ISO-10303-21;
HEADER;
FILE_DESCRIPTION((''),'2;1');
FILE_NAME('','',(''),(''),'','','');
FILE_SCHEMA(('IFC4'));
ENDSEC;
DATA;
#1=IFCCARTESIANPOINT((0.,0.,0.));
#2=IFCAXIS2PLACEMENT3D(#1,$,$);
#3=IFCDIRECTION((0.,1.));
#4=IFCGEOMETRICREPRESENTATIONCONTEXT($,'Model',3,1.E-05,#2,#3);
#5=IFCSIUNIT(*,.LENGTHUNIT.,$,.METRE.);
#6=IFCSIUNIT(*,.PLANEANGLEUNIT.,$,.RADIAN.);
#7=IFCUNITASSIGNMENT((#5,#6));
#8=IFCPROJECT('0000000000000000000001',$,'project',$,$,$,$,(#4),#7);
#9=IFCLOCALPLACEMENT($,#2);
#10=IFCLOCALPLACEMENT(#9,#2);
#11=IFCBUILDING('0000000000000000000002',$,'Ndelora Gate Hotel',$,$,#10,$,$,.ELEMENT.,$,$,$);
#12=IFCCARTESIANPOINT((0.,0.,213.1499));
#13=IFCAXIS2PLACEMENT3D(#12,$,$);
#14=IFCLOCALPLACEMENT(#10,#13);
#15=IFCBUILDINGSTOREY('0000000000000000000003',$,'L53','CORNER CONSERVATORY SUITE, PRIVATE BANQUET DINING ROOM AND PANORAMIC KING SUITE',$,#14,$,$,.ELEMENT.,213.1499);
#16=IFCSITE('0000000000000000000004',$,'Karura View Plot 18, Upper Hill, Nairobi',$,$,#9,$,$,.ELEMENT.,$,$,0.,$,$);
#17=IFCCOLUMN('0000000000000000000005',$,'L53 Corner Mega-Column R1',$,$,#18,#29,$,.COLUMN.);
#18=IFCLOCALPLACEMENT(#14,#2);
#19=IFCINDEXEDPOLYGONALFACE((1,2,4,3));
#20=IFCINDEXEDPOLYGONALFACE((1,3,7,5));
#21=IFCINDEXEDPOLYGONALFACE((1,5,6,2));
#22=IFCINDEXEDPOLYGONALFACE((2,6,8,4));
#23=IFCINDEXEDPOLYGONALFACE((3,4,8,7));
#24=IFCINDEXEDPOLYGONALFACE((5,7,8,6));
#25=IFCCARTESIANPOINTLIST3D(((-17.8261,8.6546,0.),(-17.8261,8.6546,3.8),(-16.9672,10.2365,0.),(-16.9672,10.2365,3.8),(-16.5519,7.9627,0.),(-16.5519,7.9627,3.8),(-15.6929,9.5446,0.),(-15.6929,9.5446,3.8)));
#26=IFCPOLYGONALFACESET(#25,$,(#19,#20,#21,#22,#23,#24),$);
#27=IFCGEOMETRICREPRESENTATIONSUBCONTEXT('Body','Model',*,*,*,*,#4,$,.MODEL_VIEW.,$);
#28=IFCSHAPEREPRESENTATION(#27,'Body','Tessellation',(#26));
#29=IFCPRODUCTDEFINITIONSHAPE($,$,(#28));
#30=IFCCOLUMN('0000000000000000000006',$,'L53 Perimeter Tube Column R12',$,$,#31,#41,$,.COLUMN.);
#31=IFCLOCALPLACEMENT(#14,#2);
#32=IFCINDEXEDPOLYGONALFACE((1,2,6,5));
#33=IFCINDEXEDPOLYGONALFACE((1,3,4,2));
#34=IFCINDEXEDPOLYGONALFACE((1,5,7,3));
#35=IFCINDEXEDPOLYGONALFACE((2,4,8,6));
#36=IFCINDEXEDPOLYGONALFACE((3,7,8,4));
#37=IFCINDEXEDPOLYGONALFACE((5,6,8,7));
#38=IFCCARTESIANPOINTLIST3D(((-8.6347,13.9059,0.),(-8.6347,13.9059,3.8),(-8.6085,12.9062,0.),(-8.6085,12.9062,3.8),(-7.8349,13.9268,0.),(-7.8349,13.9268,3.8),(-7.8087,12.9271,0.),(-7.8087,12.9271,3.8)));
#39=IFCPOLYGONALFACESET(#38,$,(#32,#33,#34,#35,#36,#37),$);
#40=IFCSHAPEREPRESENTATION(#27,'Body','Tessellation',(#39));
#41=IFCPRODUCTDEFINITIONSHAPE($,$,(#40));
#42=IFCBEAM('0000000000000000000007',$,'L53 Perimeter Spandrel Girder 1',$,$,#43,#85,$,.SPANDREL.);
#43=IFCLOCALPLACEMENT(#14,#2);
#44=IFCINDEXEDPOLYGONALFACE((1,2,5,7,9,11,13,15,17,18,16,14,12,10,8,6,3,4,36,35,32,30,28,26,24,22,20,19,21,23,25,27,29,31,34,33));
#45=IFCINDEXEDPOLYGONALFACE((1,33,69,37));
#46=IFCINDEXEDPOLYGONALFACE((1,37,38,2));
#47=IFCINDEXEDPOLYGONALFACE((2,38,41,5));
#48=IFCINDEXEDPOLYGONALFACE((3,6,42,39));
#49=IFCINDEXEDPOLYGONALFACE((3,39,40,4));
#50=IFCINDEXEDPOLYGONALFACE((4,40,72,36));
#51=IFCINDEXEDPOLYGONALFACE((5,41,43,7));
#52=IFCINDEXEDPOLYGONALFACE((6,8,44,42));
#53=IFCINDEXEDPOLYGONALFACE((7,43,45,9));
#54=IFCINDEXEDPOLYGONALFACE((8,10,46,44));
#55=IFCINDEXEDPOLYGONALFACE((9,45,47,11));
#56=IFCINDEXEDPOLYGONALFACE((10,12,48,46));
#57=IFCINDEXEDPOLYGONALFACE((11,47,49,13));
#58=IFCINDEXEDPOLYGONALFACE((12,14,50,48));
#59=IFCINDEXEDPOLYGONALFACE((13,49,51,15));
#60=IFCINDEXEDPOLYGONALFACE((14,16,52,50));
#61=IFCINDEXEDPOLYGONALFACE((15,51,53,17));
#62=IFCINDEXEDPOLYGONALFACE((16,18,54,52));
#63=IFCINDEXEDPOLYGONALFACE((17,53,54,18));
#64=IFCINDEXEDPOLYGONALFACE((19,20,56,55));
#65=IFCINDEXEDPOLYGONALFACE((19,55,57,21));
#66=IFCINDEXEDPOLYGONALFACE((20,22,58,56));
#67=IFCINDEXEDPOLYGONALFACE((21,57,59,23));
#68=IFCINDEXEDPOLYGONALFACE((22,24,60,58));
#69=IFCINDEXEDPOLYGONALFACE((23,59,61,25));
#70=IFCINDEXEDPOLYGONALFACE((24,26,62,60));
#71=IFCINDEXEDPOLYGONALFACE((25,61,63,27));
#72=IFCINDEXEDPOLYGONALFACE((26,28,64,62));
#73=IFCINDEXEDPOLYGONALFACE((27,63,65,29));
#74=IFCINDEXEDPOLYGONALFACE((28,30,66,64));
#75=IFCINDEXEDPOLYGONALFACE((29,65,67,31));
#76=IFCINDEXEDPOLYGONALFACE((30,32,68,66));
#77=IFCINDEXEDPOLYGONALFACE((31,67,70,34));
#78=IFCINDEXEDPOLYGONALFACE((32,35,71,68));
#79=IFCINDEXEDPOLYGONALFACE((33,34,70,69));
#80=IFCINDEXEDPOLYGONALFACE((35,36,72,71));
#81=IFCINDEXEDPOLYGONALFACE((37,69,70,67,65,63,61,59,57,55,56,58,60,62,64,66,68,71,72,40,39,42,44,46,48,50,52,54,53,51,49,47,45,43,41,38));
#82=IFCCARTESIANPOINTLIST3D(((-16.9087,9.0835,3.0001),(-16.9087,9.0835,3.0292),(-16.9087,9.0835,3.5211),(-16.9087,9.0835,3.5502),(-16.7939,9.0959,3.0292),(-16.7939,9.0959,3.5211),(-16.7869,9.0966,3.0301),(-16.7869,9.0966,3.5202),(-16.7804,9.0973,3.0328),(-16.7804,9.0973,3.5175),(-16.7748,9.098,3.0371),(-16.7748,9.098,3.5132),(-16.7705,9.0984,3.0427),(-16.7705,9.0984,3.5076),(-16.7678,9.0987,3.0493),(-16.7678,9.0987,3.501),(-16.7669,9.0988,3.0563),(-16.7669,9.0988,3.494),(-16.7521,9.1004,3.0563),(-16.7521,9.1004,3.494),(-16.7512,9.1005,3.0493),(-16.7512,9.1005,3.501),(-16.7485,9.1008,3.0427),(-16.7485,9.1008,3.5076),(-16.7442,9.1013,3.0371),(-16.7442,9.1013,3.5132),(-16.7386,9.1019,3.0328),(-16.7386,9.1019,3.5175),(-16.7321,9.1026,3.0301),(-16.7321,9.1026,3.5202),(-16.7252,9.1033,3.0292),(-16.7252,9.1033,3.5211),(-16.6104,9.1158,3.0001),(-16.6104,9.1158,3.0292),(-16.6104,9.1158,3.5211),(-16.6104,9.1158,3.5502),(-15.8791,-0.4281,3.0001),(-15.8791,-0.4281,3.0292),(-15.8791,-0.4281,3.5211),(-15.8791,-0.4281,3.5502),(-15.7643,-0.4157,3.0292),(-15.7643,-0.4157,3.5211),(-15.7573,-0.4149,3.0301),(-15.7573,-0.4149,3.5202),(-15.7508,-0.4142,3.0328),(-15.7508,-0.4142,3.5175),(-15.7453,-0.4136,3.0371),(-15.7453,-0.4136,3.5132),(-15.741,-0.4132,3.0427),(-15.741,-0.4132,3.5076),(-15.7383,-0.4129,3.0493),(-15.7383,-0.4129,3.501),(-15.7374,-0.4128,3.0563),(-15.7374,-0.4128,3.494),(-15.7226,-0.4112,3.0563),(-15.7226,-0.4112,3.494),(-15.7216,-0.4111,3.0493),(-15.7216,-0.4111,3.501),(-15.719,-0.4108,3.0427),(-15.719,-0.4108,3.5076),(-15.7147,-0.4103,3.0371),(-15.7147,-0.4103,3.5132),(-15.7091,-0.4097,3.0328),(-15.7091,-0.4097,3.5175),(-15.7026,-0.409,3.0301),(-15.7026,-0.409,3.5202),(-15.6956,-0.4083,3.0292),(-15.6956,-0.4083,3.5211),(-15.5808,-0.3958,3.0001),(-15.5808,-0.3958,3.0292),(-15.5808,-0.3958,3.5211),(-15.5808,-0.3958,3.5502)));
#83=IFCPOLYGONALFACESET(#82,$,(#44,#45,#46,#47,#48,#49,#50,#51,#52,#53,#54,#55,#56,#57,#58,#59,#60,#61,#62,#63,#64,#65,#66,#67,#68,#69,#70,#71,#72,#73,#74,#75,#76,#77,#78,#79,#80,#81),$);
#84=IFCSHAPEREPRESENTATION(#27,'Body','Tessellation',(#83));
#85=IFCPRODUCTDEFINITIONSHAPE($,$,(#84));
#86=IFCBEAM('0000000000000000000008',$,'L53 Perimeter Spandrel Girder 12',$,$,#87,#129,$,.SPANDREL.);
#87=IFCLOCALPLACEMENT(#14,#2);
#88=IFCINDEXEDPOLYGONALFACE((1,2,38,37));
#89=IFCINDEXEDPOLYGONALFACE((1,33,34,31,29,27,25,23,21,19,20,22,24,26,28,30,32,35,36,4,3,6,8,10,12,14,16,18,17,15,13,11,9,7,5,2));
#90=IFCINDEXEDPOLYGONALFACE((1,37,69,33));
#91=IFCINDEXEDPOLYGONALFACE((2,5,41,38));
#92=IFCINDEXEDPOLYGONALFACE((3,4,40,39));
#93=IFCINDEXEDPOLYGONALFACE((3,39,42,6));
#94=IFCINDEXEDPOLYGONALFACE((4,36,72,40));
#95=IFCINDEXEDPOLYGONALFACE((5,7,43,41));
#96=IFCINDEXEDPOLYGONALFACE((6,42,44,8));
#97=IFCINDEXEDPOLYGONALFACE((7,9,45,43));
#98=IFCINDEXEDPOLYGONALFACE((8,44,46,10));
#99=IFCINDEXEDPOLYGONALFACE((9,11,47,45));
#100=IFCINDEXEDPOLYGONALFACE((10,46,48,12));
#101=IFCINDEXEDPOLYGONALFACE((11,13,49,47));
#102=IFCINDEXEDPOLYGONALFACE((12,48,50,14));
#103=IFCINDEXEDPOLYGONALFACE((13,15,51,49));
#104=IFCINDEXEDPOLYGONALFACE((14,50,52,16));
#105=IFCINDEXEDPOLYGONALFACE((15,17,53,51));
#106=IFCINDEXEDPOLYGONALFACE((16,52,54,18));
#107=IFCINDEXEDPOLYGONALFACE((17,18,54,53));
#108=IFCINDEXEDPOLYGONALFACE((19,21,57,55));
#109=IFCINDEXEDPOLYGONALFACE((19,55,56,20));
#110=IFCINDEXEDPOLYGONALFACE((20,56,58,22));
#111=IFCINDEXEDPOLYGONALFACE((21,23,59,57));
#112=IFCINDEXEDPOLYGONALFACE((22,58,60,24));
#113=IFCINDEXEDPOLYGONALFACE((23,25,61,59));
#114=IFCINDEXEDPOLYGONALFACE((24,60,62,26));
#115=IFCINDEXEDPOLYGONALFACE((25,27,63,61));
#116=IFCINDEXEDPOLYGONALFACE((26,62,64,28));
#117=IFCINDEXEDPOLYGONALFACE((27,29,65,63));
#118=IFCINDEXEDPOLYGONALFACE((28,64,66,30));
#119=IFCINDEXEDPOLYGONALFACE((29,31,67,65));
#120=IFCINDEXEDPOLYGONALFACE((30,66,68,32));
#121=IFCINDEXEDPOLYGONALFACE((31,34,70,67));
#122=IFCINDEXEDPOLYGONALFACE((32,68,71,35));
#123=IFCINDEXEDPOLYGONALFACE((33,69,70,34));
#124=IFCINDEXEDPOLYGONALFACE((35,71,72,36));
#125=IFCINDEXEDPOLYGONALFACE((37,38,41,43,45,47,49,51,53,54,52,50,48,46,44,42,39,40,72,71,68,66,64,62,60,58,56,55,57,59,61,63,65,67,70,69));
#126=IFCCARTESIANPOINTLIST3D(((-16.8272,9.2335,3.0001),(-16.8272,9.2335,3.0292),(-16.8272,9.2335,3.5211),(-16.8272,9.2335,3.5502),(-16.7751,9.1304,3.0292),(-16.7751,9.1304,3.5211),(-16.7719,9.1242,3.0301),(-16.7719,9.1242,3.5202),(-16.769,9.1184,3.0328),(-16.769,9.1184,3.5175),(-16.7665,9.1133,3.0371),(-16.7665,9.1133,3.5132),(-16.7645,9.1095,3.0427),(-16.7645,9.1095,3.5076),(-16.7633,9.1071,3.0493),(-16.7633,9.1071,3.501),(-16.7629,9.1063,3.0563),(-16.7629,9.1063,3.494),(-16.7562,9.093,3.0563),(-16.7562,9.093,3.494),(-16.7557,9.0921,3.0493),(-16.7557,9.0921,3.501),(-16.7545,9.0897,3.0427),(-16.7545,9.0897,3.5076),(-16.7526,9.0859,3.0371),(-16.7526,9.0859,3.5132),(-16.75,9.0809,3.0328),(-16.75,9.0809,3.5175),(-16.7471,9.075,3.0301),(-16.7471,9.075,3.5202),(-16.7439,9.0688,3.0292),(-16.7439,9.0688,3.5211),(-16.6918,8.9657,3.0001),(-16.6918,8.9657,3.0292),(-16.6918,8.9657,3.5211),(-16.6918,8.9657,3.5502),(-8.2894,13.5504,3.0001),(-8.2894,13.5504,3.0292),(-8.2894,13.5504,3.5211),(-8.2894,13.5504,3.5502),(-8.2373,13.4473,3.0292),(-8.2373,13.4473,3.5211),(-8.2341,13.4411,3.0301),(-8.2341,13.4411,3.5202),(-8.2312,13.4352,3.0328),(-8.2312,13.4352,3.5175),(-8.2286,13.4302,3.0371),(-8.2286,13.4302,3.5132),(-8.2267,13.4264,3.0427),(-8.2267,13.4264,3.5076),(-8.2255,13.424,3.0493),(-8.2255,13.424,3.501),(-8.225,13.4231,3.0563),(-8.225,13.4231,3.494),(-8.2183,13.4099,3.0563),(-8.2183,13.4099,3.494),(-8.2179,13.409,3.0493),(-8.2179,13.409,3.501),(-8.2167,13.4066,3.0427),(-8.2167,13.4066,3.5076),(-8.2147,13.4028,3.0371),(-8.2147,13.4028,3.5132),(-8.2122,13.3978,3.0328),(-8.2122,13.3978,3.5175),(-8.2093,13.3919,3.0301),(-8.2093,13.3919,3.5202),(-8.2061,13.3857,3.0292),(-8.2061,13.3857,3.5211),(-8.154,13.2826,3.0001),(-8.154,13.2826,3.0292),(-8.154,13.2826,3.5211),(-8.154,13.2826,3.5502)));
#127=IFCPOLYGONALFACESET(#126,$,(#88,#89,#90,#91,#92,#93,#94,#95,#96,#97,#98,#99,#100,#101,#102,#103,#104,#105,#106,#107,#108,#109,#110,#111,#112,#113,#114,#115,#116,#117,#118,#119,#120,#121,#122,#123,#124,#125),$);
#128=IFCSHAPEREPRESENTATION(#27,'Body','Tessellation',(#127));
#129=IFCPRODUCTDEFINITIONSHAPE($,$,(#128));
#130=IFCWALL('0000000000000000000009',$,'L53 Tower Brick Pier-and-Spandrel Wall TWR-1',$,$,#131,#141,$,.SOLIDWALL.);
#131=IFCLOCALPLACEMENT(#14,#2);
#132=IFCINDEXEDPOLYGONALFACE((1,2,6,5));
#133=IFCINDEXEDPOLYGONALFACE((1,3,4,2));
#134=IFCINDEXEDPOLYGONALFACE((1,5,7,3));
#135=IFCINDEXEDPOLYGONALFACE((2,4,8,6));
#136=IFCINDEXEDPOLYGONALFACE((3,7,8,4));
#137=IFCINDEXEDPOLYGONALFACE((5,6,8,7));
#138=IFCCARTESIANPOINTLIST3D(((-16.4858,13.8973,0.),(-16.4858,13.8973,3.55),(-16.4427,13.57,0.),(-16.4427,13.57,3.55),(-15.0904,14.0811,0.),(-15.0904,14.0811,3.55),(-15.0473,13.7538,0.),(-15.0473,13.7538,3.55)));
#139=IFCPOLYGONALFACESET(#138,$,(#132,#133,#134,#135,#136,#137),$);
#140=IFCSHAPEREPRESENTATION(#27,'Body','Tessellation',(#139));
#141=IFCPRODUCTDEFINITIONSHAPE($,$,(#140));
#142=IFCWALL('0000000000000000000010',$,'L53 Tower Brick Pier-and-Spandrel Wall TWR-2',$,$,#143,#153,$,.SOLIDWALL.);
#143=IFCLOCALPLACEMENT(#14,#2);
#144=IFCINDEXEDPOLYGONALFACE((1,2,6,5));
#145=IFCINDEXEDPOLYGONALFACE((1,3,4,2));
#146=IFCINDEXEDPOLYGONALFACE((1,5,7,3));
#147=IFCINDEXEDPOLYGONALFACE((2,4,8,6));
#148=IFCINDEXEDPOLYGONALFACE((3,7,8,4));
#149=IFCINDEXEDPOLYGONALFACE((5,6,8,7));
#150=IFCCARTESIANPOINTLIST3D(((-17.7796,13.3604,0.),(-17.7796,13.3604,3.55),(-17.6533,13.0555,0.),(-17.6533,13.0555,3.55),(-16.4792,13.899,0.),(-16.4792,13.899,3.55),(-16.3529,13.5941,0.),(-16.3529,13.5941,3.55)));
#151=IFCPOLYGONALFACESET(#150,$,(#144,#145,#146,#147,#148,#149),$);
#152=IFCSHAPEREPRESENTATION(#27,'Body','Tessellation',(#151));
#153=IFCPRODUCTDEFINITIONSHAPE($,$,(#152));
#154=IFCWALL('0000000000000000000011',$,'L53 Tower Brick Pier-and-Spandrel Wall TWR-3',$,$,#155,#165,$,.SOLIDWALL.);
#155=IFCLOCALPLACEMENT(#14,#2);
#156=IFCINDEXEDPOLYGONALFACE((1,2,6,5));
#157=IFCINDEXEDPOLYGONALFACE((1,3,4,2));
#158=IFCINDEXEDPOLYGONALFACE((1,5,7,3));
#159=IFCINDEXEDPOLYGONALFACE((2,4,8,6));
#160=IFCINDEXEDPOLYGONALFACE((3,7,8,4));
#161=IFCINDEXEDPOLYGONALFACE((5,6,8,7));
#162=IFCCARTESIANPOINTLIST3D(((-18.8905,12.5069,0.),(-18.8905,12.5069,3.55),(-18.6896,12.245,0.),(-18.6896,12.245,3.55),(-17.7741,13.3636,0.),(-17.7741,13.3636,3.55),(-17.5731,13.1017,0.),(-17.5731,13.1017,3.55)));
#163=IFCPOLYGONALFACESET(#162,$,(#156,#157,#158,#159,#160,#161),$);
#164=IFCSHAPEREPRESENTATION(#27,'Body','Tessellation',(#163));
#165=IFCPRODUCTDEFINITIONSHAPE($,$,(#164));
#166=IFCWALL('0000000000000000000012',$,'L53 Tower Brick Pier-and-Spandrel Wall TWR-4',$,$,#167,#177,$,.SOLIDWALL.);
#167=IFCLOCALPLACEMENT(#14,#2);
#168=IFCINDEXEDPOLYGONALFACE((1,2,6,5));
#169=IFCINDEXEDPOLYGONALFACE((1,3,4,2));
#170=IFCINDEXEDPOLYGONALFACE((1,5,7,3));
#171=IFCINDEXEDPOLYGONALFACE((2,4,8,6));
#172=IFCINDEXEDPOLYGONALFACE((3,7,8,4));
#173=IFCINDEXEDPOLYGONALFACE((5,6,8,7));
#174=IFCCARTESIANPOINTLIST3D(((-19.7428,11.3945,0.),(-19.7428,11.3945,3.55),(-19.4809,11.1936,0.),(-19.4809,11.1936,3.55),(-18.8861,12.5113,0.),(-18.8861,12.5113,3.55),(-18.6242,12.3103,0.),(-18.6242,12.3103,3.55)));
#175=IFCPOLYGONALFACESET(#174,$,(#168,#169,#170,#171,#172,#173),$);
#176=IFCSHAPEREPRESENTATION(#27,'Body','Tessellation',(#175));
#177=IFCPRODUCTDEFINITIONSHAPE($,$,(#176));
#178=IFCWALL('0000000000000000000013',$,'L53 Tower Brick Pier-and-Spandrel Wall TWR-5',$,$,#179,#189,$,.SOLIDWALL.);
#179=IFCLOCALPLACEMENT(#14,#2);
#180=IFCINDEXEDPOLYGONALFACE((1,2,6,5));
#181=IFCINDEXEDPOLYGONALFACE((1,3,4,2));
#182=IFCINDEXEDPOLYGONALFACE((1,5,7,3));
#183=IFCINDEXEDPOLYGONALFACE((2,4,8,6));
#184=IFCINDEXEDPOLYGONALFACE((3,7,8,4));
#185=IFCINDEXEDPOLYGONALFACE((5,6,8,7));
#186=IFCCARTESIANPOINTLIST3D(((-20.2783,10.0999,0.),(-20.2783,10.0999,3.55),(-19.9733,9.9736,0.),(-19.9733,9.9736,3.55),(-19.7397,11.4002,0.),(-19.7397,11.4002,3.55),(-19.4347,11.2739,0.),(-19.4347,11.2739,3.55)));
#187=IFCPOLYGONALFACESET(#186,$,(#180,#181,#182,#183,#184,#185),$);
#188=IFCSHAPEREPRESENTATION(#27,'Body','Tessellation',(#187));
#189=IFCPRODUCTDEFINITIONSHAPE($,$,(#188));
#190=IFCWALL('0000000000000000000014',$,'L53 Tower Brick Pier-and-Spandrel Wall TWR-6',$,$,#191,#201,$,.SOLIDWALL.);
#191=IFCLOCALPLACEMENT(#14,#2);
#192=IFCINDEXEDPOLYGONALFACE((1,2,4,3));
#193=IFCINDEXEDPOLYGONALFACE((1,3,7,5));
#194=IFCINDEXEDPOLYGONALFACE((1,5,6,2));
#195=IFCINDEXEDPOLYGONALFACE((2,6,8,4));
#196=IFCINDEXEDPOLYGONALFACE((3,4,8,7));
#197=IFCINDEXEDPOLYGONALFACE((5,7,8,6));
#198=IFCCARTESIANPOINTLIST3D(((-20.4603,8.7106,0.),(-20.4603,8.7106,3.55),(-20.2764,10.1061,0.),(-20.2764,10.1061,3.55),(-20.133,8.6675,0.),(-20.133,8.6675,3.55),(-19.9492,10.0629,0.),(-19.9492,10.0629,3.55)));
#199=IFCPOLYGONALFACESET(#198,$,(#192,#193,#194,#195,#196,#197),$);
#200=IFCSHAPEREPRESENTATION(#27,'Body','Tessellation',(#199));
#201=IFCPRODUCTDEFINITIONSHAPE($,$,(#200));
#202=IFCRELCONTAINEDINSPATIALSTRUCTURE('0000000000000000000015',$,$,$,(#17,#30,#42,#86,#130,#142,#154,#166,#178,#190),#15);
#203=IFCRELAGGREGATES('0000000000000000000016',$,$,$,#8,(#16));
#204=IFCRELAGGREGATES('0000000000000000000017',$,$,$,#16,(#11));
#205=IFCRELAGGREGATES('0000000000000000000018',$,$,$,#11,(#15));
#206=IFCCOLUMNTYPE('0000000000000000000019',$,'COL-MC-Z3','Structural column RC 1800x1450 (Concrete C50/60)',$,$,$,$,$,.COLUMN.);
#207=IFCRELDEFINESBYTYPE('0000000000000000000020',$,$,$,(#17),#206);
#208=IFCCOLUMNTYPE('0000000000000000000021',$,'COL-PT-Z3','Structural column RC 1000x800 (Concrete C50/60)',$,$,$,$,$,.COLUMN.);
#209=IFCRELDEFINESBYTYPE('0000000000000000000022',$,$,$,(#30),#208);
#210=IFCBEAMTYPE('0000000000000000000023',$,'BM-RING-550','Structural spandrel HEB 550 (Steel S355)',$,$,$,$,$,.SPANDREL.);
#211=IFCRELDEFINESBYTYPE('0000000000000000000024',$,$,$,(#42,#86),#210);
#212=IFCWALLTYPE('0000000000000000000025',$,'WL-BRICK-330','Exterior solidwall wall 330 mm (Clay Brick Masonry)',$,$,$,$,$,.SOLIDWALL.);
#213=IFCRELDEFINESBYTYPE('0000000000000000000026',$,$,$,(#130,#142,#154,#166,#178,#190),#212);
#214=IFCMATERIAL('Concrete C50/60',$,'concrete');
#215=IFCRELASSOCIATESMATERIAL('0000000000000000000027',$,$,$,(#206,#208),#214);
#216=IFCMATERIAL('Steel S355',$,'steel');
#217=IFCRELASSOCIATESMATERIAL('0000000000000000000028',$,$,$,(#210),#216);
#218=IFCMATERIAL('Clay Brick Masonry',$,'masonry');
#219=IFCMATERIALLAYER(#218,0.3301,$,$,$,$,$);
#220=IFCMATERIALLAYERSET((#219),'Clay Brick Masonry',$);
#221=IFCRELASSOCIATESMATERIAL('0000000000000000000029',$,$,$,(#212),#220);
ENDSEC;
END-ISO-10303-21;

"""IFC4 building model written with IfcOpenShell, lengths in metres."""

from ifc_helpers import new_model, si_unit, direction, frame, frame_2d, origin, origin_2d, place, context, subcontext, project, spatial, rectangle, i_section, extrude, material, layer, layer_set, material_profile, profile_set, type_object, element, save


model = new_model("IFC4")

# Units and contexts
model_context = context("Model", 3, precision=1e-05, world=origin(), true_north=direction((0.0, 1.0)))
body_context = subcontext(model_context, "Body", "Model", "MODEL_VIEW")
ifc_project = project(units=[si_unit("LENGTHUNIT", "METRE"), si_unit("PLANEANGLEUNIT", "RADIAN")], contexts=[model_context])

# Site, building, storey
site_placement = place(None, origin())
site = spatial("IfcSite", under=ifc_project, at=site_placement, Name="Karura View Plot 18, Upper Hill, Nairobi", CompositionType="ELEMENT", RefElevation=0.0)
building_placement = place(site_placement, origin())
building = spatial("IfcBuilding", under=site, at=building_placement, Name="Ndelora Gate Hotel", CompositionType="ELEMENT")
storey_placement = place(building_placement, frame((0.0, 0.0, 213.1499)))
storey = spatial("IfcBuildingStorey", under=building, at=storey_placement, Name="L53", Description="CORNER CONSERVATORY SUITE, PRIVATE BANQUET DINING ROOM AND PANORAMIC KING SUITE", CompositionType="ELEMENT", Elevation=213.1499)

# Columns
ifc_material_1 = material(Name="Concrete C50/60", Category="concrete")
ifc_material_profile_1 = material_profile(ifc_material_1, rectangle(XDim=1.45, YDim=1.8, at=origin_2d()), Name="RC 1800x1450")
ifc_profile_set_1 = profile_set([ifc_material_profile_1], Name="Concrete C50/60")
column_type_1 = type_object("IfcColumnType", Name="COL-MC-Z3", Description="Structural column RC 1800x1450 (Concrete C50/60)", PredefinedType="COLUMN", material=ifc_profile_set_1)
column_1_placement = place(storey_placement, frame((-16.7595, 9.0996, 0.0), z_axis=(0.0, 0.0, 1.0), x_axis=(-0.878817, 0.477159, 0.0)))
element("IfcColumn", 1, at=column_1_placement, inside=storey, type_object=column_type_1, Name="L53 Corner Mega-Column R1", PredefinedType="COLUMN", context=body_context, shape_type="SweptSolid", body=[
    extrude(rectangle(XDim=1.45, YDim=1.8, at=origin_2d()), origin(), (0.0, 0.0, 1.0), 3.8),
])
ifc_material_profile_2 = material_profile(ifc_material_1, rectangle(XDim=0.8, YDim=1.0, at=origin_2d()), Name="RC 1000x800")
ifc_profile_set_2 = profile_set([ifc_material_profile_2], Name="Concrete C50/60")
column_type_2 = type_object("IfcColumnType", Name="COL-PT-Z3", Description="Structural column RC 1000x800 (Concrete C50/60)", PredefinedType="COLUMN", material=ifc_profile_set_2)
column_2_placement = place(storey_placement, frame((-8.2217, 13.4165, 0.0), z_axis=(0.0, 0.0, 1.0), x_axis=(0.999657, 0.026177, 0.0)))
element("IfcColumn", 2, at=column_2_placement, inside=storey, type_object=column_type_2, Name="L53 Perimeter Tube Column R12", PredefinedType="COLUMN", context=body_context, shape_type="SweptSolid", body=[
    extrude(rectangle(XDim=0.8, YDim=1.0, at=origin_2d()), origin(), (0.0, 0.0, 1.0), 3.8),
])

# Beams
ifc_material_2 = material(Name="Steel S355", Category="steel")
ifc_material_profile_3 = material_profile(ifc_material_2, i_section(OverallWidth=0.3, OverallDepth=0.55, WebThickness=0.0149, FlangeThickness=0.0291, FilletRadius=0.0271, at=origin_2d()), Name="HEB 550")
ifc_profile_set_3 = profile_set([ifc_material_profile_3], Name="Steel S355")
beam_type = type_object("IfcBeamType", Name="BM-RING-550", Description="Structural spandrel HEB 550 (Steel S355)", PredefinedType="SPANDREL", material=ifc_profile_set_3)
for number, where, z_axis, x_axis, name in (
    (3, (-16.7595, 9.0996, 3.2751), (0.107613, -0.994193, 0.0), (0.994193, 0.107613, 0.0), "L53 Perimeter Spandrel Girder 1"),
    (4, (-8.2217, 13.4165, 3.2751), (-0.892412, -0.451221, 0.0), (0.451221, -0.892412, 0.0), "L53 Perimeter Spandrel Girder 12"),
):
    element("IfcBeam", number, at=place(storey_placement, frame(where, z_axis=z_axis, x_axis=x_axis)), inside=storey, type_object=beam_type, Name=name, PredefinedType="SPANDREL", context=body_context, shape_type="SweptSolid", body=[
        extrude(i_section(OverallWidth=0.3, OverallDepth=0.55, WebThickness=0.0149, FlangeThickness=0.0291, FilletRadius=0.0271, at=origin_2d()), origin(), (0.0, 0.0, 1.0), 9.5671),
    ])

# Walls
ifc_material_3 = material(Name="Clay Brick Masonry", Category="masonry")
ifc_layer_1 = layer(ifc_material_3, 0.3301)
ifc_layer_set_1 = layer_set([ifc_layer_1], Name="Clay Brick Masonry")
wall_type_1 = type_object("IfcWallType", Name="WL-BRICK-330", Description="Exterior solidwall wall 330 mm (Clay Brick Masonry)", PredefinedType="SOLIDWALL", material=ifc_layer_set_1)
for number, where, z_axis, x_axis, name in (
    (5, (-16.4641, 13.7336, 0.0), (0.0, 0.0, 1.0), (0.991434, 0.130607, 0.0), "L53 Tower Brick Pier-and-Spandrel Wall TWR-1"),
    (6, (-17.7163, 13.208, 0.0), (0.0, 0.0, 1.0), (0.923886, 0.382668, 0.0), "L53 Tower Brick Pier-and-Spandrel Wall TWR-2"),
):
    element("IfcWall", number, at=place(storey_placement, frame(where, z_axis=z_axis, x_axis=x_axis)), inside=storey, type_object=wall_type_1, Name=name, PredefinedType="SOLIDWALL", context=body_context, shape_type="SweptSolid", body=[
        extrude(rectangle(XDim=1.4075, YDim=0.3301, at=frame_2d((0.7036, 0.0))), origin(), (0.0, 0.0, 1.0), 3.55),
    ])
wall_1_placement = place(storey_placement, frame((-18.79, 12.376, 0.0), z_axis=(0.0, 0.0, 1.0), x_axis=(0.793352, 0.608763, 0.0)))
element("IfcWall", 7, at=wall_1_placement, inside=storey, type_object=wall_type_1, Name="L53 Tower Brick Pier-and-Spandrel Wall TWR-3", PredefinedType="SOLIDWALL", context=body_context, shape_type="SweptSolid", body=[
    extrude(rectangle(XDim=1.4072, YDim=0.3301, at=frame_2d((0.7036, 0.0))), origin(), (0.0, 0.0, 1.0), 3.55),
])
for number, where, z_axis, x_axis, name in (
    (8, (-19.6118, 11.2942, 0.0), (0.0, 0.0, 1.0), (0.608679, 0.793416, 0.0), "L53 Tower Brick Pier-and-Spandrel Wall TWR-4"),
    (9, (-20.1257, 10.0369, 0.0), (0.0, 0.0, 1.0), (0.382668, 0.923886, 0.0), "L53 Tower Brick Pier-and-Spandrel Wall TWR-5"),
    (10, (-20.2966, 8.6892, 0.0), (0.0, 0.0, 1.0), (0.130607, 0.991434, 0.0), "L53 Tower Brick Pier-and-Spandrel Wall TWR-6"),
):
    element("IfcWall", number, at=place(storey_placement, frame(where, z_axis=z_axis, x_axis=x_axis)), inside=storey, type_object=wall_type_1, Name=name, PredefinedType="SOLIDWALL", context=body_context, shape_type="SweptSolid", body=[
        extrude(rectangle(XDim=1.4075, YDim=0.3301, at=frame_2d((0.7036, 0.0))), origin(), (0.0, 0.0, 1.0), 3.55),
    ])

save(model, "model.ifc")
